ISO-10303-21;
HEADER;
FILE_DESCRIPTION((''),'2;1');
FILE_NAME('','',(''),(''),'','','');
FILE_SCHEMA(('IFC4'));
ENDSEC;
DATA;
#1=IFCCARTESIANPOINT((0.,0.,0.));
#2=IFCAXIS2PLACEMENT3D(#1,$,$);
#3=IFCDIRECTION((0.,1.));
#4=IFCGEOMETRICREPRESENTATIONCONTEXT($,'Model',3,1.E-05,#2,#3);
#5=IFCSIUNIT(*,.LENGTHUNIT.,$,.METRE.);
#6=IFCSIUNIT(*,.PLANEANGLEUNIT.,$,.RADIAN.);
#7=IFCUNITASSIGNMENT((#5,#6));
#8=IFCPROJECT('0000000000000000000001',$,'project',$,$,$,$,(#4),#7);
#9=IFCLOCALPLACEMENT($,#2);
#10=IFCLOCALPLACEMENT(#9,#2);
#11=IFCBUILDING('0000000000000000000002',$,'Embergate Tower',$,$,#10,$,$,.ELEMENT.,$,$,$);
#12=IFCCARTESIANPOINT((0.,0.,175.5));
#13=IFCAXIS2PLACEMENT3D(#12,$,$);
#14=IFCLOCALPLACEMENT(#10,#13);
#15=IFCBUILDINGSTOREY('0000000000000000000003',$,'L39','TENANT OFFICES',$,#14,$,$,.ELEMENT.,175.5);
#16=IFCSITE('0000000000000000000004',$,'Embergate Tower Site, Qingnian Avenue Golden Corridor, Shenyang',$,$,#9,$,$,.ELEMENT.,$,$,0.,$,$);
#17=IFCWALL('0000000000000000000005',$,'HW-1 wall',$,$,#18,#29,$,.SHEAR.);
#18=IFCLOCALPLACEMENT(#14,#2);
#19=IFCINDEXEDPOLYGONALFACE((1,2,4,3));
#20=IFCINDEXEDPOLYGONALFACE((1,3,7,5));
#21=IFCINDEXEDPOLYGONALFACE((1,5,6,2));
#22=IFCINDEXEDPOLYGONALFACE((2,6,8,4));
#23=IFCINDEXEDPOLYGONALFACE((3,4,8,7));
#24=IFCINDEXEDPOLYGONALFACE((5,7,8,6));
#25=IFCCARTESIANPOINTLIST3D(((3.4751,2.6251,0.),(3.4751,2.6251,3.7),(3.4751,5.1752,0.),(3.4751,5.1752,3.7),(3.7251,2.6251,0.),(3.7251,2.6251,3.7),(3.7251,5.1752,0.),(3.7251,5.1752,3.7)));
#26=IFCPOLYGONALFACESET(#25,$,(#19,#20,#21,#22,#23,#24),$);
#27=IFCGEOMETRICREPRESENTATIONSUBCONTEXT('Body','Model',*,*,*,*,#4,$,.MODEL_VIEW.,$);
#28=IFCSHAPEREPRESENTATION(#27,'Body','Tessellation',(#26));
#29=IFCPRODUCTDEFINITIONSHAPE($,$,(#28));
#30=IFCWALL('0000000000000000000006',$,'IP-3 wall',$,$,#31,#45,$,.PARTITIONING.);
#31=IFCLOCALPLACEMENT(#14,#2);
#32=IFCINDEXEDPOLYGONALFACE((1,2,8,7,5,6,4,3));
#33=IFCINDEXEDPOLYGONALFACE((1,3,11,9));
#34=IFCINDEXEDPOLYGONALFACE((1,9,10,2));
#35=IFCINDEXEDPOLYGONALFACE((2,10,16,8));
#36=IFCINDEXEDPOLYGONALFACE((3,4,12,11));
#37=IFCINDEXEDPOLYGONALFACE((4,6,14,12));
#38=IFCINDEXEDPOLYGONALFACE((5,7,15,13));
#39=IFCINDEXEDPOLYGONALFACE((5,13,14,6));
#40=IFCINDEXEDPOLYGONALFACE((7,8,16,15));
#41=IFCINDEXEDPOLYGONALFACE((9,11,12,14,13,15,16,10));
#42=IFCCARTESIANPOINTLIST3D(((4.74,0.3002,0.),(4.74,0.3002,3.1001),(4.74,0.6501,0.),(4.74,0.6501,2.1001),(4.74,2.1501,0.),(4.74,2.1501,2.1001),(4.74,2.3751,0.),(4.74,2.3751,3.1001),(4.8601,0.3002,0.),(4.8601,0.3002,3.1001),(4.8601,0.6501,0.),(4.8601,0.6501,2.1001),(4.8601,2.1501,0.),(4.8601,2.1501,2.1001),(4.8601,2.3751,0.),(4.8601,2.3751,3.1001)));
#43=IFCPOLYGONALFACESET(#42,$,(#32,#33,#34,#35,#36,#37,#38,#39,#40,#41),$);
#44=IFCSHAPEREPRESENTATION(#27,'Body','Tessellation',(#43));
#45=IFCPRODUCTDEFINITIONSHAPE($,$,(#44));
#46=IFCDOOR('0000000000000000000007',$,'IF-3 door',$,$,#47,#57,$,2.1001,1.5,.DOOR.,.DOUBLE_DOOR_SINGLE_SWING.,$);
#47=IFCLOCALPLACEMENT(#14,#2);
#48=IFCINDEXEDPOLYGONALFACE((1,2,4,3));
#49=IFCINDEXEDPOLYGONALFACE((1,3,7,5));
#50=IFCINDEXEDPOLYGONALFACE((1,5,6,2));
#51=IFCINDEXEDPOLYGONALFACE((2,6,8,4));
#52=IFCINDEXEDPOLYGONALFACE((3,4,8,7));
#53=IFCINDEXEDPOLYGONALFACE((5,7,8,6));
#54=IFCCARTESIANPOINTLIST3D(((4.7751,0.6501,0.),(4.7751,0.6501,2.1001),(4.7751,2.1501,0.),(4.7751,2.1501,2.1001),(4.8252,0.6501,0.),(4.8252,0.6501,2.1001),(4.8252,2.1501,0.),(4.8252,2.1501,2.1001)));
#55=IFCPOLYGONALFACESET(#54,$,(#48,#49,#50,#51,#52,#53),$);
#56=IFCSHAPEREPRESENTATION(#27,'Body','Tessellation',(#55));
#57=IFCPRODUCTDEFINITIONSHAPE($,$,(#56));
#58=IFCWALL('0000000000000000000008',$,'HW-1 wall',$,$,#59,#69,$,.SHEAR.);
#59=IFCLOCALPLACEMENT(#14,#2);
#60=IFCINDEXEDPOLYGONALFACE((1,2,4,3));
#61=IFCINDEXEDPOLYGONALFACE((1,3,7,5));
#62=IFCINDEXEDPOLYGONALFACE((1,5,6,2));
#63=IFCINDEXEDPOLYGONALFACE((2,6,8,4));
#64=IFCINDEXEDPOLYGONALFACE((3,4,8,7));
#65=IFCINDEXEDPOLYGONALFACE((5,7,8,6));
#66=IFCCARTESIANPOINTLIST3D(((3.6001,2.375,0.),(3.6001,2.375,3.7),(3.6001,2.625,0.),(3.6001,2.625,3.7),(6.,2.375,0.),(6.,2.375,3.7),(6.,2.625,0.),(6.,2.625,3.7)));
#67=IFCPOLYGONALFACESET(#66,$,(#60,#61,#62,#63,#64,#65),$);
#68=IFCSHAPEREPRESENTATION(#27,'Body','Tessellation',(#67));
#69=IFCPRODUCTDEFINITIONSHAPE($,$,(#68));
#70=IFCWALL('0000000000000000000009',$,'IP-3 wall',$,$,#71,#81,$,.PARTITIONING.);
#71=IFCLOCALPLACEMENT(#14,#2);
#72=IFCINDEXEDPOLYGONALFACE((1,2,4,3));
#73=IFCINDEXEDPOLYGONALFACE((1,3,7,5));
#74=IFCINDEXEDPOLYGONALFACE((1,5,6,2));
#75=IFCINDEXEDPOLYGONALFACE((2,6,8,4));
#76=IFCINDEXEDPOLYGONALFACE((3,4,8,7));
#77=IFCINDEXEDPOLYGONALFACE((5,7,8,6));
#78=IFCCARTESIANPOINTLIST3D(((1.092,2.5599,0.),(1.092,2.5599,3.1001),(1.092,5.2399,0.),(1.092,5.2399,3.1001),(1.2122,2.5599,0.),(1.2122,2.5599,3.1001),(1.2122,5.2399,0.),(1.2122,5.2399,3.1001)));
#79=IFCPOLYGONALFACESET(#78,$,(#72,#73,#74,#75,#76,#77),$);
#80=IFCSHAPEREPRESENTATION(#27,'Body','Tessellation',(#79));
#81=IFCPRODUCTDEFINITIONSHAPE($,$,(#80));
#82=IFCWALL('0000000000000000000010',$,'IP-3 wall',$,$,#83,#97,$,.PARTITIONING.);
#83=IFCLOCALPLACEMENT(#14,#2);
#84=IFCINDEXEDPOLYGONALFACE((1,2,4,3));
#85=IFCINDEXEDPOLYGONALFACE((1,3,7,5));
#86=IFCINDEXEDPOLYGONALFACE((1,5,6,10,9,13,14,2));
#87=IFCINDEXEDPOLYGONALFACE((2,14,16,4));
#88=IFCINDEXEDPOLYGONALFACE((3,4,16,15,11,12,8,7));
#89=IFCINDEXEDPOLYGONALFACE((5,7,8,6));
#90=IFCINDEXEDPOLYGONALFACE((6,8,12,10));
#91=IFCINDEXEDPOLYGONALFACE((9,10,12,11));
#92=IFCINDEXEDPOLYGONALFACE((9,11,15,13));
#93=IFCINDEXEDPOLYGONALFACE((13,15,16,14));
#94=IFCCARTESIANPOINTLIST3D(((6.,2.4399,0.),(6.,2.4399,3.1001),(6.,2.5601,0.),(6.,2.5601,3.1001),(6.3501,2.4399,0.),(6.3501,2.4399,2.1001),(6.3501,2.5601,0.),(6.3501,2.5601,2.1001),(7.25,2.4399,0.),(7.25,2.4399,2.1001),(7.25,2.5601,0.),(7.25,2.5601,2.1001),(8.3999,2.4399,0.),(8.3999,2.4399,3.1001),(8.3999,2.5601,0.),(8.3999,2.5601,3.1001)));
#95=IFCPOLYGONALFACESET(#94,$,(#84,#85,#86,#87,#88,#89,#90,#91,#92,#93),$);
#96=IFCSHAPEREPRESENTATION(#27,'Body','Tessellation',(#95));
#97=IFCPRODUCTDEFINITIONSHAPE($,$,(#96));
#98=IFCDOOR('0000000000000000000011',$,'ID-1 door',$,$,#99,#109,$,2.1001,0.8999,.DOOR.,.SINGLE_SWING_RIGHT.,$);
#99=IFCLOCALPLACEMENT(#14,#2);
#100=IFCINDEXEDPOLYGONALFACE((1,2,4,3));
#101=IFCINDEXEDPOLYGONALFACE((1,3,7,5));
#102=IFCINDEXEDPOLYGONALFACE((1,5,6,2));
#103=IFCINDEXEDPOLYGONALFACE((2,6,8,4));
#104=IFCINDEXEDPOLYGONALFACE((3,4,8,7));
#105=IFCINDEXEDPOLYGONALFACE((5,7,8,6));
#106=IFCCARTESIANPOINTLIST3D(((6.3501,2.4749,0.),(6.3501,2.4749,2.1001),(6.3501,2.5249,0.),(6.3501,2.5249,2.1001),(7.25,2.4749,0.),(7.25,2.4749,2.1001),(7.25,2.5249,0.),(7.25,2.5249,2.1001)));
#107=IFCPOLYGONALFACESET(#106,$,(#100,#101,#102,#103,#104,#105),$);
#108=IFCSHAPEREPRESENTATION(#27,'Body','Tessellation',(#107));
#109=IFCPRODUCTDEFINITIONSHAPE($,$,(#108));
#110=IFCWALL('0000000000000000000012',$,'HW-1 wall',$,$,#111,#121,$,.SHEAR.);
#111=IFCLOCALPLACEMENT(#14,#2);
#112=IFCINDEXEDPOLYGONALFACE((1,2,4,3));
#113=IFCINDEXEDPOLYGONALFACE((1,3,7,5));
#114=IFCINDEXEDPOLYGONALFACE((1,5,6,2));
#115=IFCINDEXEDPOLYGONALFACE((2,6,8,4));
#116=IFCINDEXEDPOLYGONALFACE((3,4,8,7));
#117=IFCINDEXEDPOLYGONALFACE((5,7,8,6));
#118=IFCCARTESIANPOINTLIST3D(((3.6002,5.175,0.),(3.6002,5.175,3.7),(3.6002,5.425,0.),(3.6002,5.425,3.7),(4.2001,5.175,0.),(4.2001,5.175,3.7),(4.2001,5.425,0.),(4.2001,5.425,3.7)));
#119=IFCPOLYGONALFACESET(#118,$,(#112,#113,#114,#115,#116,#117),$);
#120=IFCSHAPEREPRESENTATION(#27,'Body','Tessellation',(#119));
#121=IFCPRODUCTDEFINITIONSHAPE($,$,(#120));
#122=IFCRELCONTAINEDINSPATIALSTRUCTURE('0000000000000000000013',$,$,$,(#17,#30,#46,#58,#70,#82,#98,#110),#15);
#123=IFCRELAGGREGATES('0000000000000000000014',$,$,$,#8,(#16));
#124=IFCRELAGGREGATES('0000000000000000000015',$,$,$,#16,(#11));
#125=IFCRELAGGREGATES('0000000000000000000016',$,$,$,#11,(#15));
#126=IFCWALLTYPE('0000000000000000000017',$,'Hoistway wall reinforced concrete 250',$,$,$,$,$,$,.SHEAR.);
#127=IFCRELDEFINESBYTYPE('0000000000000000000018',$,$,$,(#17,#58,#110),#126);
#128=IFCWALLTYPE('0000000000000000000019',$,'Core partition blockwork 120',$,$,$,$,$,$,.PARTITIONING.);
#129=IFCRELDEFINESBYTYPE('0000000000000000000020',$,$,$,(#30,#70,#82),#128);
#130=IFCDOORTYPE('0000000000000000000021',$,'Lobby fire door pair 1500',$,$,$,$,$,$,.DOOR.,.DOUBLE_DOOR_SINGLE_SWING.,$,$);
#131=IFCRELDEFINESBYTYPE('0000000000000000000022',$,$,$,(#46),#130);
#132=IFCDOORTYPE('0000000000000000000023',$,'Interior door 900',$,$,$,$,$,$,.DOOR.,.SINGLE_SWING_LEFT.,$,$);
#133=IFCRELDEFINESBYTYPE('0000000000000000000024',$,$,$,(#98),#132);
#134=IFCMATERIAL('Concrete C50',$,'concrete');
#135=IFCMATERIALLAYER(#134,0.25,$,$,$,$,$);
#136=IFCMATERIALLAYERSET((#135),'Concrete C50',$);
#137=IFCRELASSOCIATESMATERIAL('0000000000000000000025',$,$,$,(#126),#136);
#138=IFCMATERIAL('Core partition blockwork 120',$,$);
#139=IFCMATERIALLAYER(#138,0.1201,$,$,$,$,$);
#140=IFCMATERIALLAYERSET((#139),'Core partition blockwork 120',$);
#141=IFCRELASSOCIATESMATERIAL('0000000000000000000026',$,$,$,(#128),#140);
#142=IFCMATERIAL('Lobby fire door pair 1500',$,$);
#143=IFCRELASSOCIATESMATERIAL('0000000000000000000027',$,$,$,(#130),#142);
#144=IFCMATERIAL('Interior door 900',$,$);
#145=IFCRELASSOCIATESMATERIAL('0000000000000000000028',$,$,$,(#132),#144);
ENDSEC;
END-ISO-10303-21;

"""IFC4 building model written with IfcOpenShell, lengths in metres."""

from ifc_helpers import new_model, si_unit, direction, frame, frame_2d, origin, place, context, subcontext, project, spatial, rectangle, extrude, source, transform, mapped, material, layer, layer_set, type_object, element, fill, save


model = new_model("IFC4")

# Units and contexts
model_context = context("Model", 3, precision=1e-05, world=origin(), true_north=direction((0.0, 1.0)))
body_context = subcontext(model_context, "Body", "Model", "MODEL_VIEW")
ifc_project = project(units=[si_unit("LENGTHUNIT", "METRE"), si_unit("PLANEANGLEUNIT", "RADIAN")], contexts=[model_context])

# Site, building, storey
site_placement = place(None, origin())
site = spatial("IfcSite", under=ifc_project, at=site_placement, Name="Embergate Tower Site, Qingnian Avenue Golden Corridor, Shenyang", CompositionType="ELEMENT", RefElevation=0.0)
building_placement = place(site_placement, origin())
building = spatial("IfcBuilding", under=site, at=building_placement, Name="Embergate Tower", CompositionType="ELEMENT")
storey_placement = place(building_placement, frame((0.0, 0.0, 175.5)))
storey = spatial("IfcBuildingStorey", under=building, at=storey_placement, Name="L39", Description="TENANT OFFICES", CompositionType="ELEMENT", Elevation=175.5)

# Wall
ifc_material_1 = material(Name="Concrete C50", Category="concrete")
ifc_layer_1 = layer(ifc_material_1, 0.25)
ifc_layer_set_1 = layer_set([ifc_layer_1], Name="Concrete C50")
wall_type_1 = type_object("IfcWallType", Name="Hoistway wall reinforced concrete 250", PredefinedType="SHEAR", material=ifc_layer_set_1)
shared_shape_1 = source(origin(), body_context, "Body", "SweptSolid", [
    extrude(rectangle(XDim=2.55, YDim=0.25, at=frame_2d((1.2749, 0.0))), origin(), (0.0, 0.0, 1.0), 3.7),
])
wall_1_placement = place(storey_placement, frame((3.6001, 5.175, 0.0), z_axis=(0.0, 0.0, 1.0), x_axis=(0.0, -1.0, 0.0)))
element("IfcWall", 1, at=wall_1_placement, inside=storey, type_object=wall_type_1, Name="HW-1 wall", PredefinedType="SHEAR", context=body_context, shape_type="MappedRepresentation", body=[
    mapped(shared_shape_1, transform((0.0, 0.0, 0.0))),
])

# Wall, opening, door
ifc_material_2 = material(Name="Core partition blockwork 120")
ifc_layer_2 = layer(ifc_material_2, 0.1201)
ifc_layer_set_2 = layer_set([ifc_layer_2], Name="Core partition blockwork 120")
wall_type_2 = type_object("IfcWallType", Name="Core partition blockwork 120", PredefinedType="PARTITIONING", material=ifc_layer_set_2)
shared_shape_2 = source(origin(), body_context, "Body", "SweptSolid", [
    extrude(rectangle(XDim=2.075, YDim=0.1201, at=frame_2d((1.0376, 0.0))), origin(), (0.0, 0.0, 1.0), 3.1001),
])
wall_2_placement = place(storey_placement, frame((4.8, 0.3, 0.0), z_axis=(0.0, 0.0, 1.0), x_axis=(0.0, 1.0, 0.0)))
wall_2 = element("IfcWall", 2, at=wall_2_placement, inside=storey, type_object=wall_type_2, Name="IP-3 wall", PredefinedType="PARTITIONING", context=body_context, shape_type="MappedRepresentation", body=[
    mapped(shared_shape_2, transform((0.0, 0.0, 0.0))),
])
shared_shape_3 = source(origin(), body_context, "Body", "SweptSolid", [
    extrude(rectangle(XDim=1.5, YDim=2.1001, at=frame_2d((0.75, 1.05))), frame((0.0, 0.0701, 0.0), z_axis=(0.0, -1.0, 0.0), x_axis=(1.0, 0.0, 0.0)), (0.0, 0.0, 1.0), 0.1401),
])
opening_1_placement = place(wall_2_placement, frame((0.3501, 0.0, 0.0)))
opening_1 = element("IfcOpeningElement", 3, at=opening_1_placement, cuts=wall_2, PredefinedType="OPENING", context=body_context, shape_type="MappedRepresentation", body=[
    mapped(shared_shape_3, transform((0.0, 0.0, 0.0))),
])
ifc_material_3 = material(Name="Lobby fire door pair 1500")
door_type_1 = type_object("IfcDoorType", Name="Lobby fire door pair 1500", OperationType="DOUBLE_DOOR_SINGLE_SWING", PredefinedType="DOOR", material=ifc_material_3)
shared_shape_4 = source(origin(), body_context, "Body", "SweptSolid", [
    extrude(rectangle(XDim=1.5, YDim=2.1001, at=frame_2d((0.75, 1.05))), frame((0.0, 0.0249, 0.0), z_axis=(0.0, -1.0, 0.0), x_axis=(1.0, 0.0, 0.0)), (0.0, 0.0, 1.0), 0.05),
])
door_1_placement = place(opening_1_placement, origin())
door_1 = element("IfcDoor", 4, at=door_1_placement, inside=storey, type_object=door_type_1, Name="IF-3 door", OperationType="DOUBLE_DOOR_SINGLE_SWING", OverallHeight=2.1001, OverallWidth=1.5, PredefinedType="DOOR", context=body_context, shape_type="MappedRepresentation", body=[
    mapped(shared_shape_4, transform((0.0, 0.0, 0.0))),
])
fill(opening_1, door_1)

# Walls
shared_shape_5 = source(origin(), body_context, "Body", "SweptSolid", [
    extrude(rectangle(XDim=2.3999, YDim=0.25, at=frame_2d((1.2, 0.0))), origin(), (0.0, 0.0, 1.0), 3.7),
])
wall_3_placement = place(storey_placement, frame((3.6001, 2.5, 0.0), z_axis=(0.0, 0.0, 1.0), x_axis=(1.0, 0.0, 0.0)))
element("IfcWall", 5, at=wall_3_placement, inside=storey, type_object=wall_type_1, Name="HW-1 wall", PredefinedType="SHEAR", context=body_context, shape_type="MappedRepresentation", body=[
    mapped(shared_shape_5, transform((0.0, 0.0, 0.0))),
])
shared_shape_6 = source(origin(), body_context, "Body", "SweptSolid", [
    extrude(rectangle(XDim=2.6799, YDim=0.1201, at=frame_2d((1.3398, 0.0))), origin(), (0.0, 0.0, 1.0), 3.1001),
])
wall_4_placement = place(storey_placement, frame((1.1521, 2.5601, 0.0), z_axis=(0.0, 0.0, 1.0), x_axis=(0.0, 1.0, 0.0)))
element("IfcWall", 6, at=wall_4_placement, inside=storey, type_object=wall_type_2, Name="IP-3 wall", PredefinedType="PARTITIONING", context=body_context, shape_type="MappedRepresentation", body=[
    mapped(shared_shape_6, transform((0.0, 0.0, 0.0))),
])

# Wall, opening, door
shared_shape_7 = source(origin(), body_context, "Body", "SweptSolid", [
    extrude(rectangle(XDim=2.3999, YDim=0.1201, at=frame_2d((1.2, 0.0))), origin(), (0.0, 0.0, 1.0), 3.1001),
])
wall_5_placement = place(storey_placement, frame((6.0, 2.5, 0.0), z_axis=(0.0, 0.0, 1.0), x_axis=(1.0, 0.0, 0.0)))
wall_5 = element("IfcWall", 7, at=wall_5_placement, inside=storey, type_object=wall_type_2, Name="IP-3 wall", PredefinedType="PARTITIONING", context=body_context, shape_type="MappedRepresentation", body=[
    mapped(shared_shape_7, transform((0.0, 0.0, 0.0))),
])
shared_shape_8 = source(origin(), body_context, "Body", "SweptSolid", [
    extrude(rectangle(XDim=0.8999, YDim=2.1001, at=frame_2d((0.45, 1.05))), frame((0.0, 0.0701, 0.0), z_axis=(0.0, -1.0, 0.0), x_axis=(1.0, 0.0, 0.0)), (0.0, 0.0, 1.0), 0.1401),
])
opening_2_placement = place(wall_5_placement, frame((0.3501, 0.0, 0.0)))
opening_2 = element("IfcOpeningElement", 8, at=opening_2_placement, cuts=wall_5, PredefinedType="OPENING", context=body_context, shape_type="MappedRepresentation", body=[
    mapped(shared_shape_8, transform((0.0, 0.0, 0.0))),
])
ifc_material_4 = material(Name="Interior door 900")
door_type_2 = type_object("IfcDoorType", Name="Interior door 900", OperationType="SINGLE_SWING_LEFT", PredefinedType="DOOR", material=ifc_material_4)
shared_shape_9 = source(origin(), body_context, "Body", "SweptSolid", [
    extrude(rectangle(XDim=0.8999, YDim=2.1001, at=frame_2d((0.45, 1.05))), frame((0.0, 0.0249, 0.0), z_axis=(0.0, -1.0, 0.0), x_axis=(1.0, 0.0, 0.0)), (0.0, 0.0, 1.0), 0.05),
])
door_2_placement = place(opening_2_placement, origin())
door_2 = element("IfcDoor", 9, at=door_2_placement, inside=storey, type_object=door_type_2, Name="ID-1 door", OperationType="SINGLE_SWING_RIGHT", OverallHeight=2.1001, OverallWidth=0.8999, PredefinedType="DOOR", context=body_context, shape_type="MappedRepresentation", body=[
    mapped(shared_shape_9, transform((0.0, 0.0, 0.0))),
])
fill(opening_2, door_2)

# Wall
shared_shape_10 = source(origin(), body_context, "Body", "SweptSolid", [
    extrude(rectangle(XDim=0.5999, YDim=0.25, at=frame_2d((0.2998, 0.0))), origin(), (0.0, 0.0, 1.0), 3.7),
])
wall_6_placement = place(storey_placement, frame((4.2, 5.3, 0.0), z_axis=(0.0, 0.0, 1.0), x_axis=(-1.0, 0.0, 0.0)))
element("IfcWall", 10, at=wall_6_placement, inside=storey, type_object=wall_type_1, Name="HW-1 wall", PredefinedType="SHEAR", context=body_context, shape_type="MappedRepresentation", body=[
    mapped(shared_shape_10, transform((0.0, 0.0, 0.0))),
])

save(model, "model.ifc")
